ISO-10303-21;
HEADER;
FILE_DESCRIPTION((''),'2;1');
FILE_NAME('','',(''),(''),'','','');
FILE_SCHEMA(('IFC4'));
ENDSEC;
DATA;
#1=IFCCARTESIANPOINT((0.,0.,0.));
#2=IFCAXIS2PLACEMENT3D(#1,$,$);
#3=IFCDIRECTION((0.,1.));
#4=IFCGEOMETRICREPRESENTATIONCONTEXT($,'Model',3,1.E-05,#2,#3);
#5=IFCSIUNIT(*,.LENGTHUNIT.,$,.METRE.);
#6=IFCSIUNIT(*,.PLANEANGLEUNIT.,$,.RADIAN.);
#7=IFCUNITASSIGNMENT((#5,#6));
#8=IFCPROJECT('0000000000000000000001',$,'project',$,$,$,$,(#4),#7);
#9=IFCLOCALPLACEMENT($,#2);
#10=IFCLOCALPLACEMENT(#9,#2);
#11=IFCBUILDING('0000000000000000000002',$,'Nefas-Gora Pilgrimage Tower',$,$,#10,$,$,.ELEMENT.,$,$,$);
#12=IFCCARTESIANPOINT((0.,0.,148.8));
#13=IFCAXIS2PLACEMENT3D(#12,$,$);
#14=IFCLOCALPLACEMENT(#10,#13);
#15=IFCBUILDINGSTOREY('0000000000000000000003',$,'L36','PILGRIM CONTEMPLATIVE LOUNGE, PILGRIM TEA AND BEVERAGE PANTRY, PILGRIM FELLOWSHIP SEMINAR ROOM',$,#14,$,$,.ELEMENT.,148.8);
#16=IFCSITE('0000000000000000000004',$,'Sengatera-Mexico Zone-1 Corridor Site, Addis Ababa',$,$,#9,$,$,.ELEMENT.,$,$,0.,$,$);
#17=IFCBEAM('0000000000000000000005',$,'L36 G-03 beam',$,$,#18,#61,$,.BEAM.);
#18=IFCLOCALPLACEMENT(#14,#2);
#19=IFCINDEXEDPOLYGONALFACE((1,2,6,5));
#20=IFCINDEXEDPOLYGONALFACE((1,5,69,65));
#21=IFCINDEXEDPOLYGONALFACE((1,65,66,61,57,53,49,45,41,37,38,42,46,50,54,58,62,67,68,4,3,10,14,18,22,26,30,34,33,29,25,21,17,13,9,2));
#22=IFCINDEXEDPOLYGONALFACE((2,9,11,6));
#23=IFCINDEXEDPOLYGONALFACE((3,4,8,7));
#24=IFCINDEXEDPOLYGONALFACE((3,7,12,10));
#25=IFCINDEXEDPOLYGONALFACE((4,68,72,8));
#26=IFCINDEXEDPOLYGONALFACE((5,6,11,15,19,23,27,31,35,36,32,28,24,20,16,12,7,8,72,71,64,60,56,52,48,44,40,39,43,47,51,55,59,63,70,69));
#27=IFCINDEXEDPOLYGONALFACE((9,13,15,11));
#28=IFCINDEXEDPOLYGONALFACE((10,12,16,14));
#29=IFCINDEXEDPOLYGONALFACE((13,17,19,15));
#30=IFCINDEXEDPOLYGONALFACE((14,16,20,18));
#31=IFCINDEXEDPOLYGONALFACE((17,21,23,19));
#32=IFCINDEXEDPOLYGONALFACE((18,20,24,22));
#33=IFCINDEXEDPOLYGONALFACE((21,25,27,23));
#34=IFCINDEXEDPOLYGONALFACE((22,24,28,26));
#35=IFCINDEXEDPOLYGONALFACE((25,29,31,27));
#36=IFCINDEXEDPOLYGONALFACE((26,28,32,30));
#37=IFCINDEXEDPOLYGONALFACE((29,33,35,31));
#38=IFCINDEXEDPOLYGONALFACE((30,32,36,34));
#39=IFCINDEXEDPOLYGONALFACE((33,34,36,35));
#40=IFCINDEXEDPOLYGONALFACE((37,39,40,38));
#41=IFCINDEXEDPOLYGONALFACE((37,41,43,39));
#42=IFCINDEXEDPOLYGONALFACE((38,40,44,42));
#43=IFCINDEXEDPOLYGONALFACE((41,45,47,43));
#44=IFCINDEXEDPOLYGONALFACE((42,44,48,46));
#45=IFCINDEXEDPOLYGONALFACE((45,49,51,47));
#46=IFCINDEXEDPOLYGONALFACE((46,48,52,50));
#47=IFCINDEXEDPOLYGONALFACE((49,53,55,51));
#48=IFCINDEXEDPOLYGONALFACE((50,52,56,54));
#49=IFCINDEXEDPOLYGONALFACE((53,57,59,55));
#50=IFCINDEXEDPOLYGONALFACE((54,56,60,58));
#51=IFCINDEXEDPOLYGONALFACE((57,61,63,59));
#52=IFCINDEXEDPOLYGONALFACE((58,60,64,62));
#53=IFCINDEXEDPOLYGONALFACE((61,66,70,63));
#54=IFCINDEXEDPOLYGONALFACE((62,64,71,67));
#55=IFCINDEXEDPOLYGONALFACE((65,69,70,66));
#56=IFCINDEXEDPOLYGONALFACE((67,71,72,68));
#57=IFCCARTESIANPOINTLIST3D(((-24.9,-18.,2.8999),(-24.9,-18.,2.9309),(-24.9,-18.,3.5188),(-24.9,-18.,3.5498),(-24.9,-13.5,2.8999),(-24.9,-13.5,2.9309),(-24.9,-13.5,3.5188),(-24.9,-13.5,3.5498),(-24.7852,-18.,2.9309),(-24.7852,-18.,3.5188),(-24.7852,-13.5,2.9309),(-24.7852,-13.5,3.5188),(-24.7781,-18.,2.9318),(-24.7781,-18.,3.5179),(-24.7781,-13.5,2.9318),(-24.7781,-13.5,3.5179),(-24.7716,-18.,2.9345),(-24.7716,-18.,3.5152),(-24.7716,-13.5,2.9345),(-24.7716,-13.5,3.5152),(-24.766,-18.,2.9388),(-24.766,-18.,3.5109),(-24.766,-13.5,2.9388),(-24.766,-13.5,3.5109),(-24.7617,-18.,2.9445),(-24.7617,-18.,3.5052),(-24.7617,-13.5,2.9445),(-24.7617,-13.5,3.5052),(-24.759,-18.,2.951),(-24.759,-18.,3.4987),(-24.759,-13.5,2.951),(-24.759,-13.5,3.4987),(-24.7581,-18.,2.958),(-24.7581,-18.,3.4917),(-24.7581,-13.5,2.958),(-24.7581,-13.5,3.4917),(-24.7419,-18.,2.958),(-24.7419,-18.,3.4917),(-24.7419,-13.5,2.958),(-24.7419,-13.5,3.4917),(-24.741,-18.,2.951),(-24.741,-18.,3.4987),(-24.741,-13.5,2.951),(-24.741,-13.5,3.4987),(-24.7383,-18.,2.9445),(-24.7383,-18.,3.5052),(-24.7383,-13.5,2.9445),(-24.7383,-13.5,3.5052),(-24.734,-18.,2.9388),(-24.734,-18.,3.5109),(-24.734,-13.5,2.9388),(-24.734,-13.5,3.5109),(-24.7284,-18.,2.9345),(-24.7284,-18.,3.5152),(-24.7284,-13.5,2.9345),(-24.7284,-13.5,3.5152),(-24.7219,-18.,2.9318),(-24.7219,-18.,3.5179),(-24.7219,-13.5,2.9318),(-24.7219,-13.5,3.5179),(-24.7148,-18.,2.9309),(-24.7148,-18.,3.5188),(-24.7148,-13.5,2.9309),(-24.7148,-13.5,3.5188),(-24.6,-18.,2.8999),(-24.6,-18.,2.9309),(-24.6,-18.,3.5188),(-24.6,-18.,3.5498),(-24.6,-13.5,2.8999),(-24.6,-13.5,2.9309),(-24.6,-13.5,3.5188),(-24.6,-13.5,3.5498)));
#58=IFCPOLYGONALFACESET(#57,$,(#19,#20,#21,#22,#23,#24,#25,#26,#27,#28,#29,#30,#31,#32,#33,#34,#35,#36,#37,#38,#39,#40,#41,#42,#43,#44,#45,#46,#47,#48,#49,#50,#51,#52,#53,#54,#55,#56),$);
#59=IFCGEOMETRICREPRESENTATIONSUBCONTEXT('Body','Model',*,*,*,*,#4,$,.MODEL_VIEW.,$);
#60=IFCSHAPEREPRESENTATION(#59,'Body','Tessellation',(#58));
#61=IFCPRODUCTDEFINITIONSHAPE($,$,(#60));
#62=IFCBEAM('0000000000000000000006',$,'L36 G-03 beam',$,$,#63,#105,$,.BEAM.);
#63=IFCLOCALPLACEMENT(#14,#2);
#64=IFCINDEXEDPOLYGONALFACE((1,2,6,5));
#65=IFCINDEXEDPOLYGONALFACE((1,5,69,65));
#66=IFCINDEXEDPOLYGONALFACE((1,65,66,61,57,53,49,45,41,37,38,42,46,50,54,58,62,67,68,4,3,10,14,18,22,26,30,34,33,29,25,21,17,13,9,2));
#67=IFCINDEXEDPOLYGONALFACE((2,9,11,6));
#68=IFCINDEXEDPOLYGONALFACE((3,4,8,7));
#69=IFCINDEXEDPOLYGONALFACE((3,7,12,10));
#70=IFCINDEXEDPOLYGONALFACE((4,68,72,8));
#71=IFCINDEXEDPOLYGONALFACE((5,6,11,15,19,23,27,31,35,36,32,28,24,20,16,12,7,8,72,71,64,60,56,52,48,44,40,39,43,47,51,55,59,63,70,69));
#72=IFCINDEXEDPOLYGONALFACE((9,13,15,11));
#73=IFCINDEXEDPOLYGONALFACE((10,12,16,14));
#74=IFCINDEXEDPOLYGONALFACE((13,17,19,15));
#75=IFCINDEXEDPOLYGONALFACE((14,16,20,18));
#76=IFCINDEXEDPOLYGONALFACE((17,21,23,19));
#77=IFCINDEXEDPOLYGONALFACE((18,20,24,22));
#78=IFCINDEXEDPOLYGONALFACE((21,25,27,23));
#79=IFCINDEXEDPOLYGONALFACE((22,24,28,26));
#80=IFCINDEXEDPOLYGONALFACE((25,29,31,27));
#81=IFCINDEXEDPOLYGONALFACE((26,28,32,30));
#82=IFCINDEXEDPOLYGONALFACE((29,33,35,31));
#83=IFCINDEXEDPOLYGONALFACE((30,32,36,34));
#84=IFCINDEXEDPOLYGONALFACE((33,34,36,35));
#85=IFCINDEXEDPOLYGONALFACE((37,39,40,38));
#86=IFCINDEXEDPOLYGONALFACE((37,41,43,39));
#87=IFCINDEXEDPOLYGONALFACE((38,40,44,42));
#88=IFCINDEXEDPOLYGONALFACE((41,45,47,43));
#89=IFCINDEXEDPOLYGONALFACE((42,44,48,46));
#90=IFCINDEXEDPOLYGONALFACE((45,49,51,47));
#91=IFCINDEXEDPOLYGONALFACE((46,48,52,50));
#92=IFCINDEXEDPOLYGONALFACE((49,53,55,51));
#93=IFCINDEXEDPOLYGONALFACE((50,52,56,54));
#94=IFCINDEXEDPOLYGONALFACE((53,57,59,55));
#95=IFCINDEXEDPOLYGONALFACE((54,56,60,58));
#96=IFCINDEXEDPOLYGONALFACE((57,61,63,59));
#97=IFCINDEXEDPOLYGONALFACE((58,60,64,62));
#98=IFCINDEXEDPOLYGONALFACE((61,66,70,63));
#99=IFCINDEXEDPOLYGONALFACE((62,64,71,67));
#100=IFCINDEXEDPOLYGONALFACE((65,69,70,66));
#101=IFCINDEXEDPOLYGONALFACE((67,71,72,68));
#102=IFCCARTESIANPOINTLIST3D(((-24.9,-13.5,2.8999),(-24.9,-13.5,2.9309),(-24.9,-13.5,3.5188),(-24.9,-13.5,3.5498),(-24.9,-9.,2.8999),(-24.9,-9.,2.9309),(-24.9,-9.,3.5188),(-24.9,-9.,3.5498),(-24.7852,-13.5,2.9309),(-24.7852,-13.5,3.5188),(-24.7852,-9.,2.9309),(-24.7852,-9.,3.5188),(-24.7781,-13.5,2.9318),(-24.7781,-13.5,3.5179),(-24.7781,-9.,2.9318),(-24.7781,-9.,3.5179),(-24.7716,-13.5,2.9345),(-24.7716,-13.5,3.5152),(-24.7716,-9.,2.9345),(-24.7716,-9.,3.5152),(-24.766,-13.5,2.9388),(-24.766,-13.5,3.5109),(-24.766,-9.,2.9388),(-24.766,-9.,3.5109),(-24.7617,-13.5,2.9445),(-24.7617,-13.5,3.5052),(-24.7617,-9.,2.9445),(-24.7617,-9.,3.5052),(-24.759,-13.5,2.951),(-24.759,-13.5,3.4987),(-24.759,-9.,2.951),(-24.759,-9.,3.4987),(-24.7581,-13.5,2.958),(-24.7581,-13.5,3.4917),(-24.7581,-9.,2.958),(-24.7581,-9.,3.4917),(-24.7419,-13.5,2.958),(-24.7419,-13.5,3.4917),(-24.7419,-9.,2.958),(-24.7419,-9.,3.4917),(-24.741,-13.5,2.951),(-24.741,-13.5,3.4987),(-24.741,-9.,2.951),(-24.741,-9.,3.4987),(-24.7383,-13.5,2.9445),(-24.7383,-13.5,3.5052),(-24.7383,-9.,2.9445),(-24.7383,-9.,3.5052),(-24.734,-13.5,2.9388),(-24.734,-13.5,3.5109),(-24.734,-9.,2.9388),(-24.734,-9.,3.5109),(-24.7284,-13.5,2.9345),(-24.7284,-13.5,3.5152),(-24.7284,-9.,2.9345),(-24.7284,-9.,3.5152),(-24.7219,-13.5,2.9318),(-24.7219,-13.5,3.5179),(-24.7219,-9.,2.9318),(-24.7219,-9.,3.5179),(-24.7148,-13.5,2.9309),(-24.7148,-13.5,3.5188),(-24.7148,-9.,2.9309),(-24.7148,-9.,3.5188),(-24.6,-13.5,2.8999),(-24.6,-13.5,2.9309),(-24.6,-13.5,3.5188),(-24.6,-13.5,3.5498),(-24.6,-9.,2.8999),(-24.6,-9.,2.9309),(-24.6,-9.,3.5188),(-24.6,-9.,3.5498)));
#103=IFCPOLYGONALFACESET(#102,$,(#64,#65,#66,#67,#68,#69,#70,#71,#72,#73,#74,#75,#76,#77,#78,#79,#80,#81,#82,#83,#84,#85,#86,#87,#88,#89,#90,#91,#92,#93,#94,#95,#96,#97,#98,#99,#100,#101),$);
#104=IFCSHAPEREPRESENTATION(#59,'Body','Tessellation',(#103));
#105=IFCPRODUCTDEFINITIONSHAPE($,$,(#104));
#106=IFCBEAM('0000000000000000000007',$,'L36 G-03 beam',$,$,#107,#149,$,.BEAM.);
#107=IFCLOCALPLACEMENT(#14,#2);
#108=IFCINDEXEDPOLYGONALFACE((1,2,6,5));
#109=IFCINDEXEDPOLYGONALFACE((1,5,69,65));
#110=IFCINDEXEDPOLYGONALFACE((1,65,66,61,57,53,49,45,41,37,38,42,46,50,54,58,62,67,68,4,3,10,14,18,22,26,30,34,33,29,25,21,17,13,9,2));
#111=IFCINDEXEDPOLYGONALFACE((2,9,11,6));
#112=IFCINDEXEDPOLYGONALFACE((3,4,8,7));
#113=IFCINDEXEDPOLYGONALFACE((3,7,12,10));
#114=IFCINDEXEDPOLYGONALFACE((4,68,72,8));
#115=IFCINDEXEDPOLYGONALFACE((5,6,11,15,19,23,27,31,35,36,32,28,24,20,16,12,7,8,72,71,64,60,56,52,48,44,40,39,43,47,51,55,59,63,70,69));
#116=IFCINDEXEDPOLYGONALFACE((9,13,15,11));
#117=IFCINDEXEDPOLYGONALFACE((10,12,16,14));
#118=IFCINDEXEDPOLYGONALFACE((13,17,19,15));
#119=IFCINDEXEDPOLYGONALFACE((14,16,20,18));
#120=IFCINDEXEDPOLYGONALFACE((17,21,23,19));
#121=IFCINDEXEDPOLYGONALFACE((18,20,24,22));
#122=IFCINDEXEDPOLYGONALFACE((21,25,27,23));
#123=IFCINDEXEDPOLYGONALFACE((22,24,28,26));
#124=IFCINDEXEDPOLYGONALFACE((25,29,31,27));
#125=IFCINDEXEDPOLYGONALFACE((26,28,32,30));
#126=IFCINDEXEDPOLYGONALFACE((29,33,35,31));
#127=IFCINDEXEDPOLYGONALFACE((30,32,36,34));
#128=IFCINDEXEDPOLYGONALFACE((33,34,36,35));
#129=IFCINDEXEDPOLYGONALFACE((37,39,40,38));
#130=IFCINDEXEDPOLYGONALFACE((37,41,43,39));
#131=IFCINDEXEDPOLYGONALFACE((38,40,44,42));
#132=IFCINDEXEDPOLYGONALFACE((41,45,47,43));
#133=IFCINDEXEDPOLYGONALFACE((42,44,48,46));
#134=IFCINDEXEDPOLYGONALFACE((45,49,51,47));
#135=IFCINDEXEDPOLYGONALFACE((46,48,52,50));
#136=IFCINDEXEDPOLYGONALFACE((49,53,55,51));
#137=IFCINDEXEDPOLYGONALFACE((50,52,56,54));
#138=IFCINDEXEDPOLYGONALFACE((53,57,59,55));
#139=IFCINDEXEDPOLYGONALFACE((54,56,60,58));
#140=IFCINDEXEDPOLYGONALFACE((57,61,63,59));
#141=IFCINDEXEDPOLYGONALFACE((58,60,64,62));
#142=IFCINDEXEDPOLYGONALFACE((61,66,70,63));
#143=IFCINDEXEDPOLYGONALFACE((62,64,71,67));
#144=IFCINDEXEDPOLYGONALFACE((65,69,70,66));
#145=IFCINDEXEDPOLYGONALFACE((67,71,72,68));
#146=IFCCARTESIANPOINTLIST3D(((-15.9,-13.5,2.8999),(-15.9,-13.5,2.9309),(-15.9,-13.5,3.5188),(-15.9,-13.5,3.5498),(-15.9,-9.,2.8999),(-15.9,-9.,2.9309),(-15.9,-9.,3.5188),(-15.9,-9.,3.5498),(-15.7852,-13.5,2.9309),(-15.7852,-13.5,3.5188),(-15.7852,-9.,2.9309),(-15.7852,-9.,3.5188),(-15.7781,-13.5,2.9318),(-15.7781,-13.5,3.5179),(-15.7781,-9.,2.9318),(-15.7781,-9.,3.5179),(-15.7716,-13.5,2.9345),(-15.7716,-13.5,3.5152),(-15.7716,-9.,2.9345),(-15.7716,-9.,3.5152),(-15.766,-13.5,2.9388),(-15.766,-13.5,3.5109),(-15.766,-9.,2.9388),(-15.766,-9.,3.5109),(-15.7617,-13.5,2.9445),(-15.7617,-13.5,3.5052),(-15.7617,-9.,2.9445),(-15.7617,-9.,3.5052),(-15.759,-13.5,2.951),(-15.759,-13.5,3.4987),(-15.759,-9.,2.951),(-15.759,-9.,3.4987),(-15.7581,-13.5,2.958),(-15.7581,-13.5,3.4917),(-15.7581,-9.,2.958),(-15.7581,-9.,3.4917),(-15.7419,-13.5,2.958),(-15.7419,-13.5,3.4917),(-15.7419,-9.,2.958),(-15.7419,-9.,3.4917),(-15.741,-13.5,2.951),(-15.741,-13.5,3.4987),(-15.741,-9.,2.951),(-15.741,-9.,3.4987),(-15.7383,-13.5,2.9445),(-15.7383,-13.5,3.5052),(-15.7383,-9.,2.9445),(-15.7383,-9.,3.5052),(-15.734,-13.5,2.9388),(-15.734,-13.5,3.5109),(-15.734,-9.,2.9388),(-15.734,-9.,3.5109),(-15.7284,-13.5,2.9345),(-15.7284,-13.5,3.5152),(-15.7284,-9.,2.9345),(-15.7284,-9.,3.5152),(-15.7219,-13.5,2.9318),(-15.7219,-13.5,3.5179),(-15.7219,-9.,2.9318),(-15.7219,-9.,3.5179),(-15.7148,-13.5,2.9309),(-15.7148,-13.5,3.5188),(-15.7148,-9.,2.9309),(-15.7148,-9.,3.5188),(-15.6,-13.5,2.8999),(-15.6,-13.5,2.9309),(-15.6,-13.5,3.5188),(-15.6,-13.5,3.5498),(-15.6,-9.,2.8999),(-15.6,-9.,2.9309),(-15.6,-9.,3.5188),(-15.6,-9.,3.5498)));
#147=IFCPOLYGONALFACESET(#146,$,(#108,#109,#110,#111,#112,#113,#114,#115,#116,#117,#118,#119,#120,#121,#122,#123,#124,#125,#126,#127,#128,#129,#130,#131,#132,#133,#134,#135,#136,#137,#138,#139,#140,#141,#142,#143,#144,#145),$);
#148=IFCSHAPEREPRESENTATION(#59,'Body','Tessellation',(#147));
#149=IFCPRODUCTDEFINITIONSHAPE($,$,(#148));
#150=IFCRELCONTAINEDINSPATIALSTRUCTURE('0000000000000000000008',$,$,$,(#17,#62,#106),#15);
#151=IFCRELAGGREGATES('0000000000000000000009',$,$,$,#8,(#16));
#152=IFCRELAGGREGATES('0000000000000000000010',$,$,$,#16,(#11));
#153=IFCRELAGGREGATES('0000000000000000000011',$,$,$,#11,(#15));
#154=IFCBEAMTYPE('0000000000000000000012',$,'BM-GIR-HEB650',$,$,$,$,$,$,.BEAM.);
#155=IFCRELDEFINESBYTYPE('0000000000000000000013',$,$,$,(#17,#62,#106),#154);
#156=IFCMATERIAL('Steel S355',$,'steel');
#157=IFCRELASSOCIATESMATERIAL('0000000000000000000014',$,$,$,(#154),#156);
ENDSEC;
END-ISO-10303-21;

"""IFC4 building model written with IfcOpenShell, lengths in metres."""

from ifc_helpers import new_model, si_unit, direction, frame, origin, origin_2d, place, context, subcontext, project, spatial, i_section, extrude, source, transform, mapped, material, material_profile, profile_set, type_object, element, save


model = new_model("IFC4")

# Units and contexts
model_context = context("Model", 3, precision=1e-05, world=origin(), true_north=direction((0.0, 1.0)))
body_context = subcontext(model_context, "Body", "Model", "MODEL_VIEW")
ifc_project = project(units=[si_unit("LENGTHUNIT", "METRE"), si_unit("PLANEANGLEUNIT", "RADIAN")], contexts=[model_context])

# Site, building, storey
site_placement = place(None, origin())
site = spatial("IfcSite", under=ifc_project, at=site_placement, Name="Sengatera-Mexico Zone-1 Corridor Site, Addis Ababa", CompositionType="ELEMENT", RefElevation=0.0)
building_placement = place(site_placement, origin())
building = spatial("IfcBuilding", under=site, at=building_placement, Name="Nefas-Gora Pilgrimage Tower", CompositionType="ELEMENT")
storey_placement = place(building_placement, frame((0.0, 0.0, 148.8)))
storey = spatial("IfcBuildingStorey", under=building, at=storey_placement, Name="L36", Description="PILGRIM CONTEMPLATIVE LOUNGE, PILGRIM TEA AND BEVERAGE PANTRY, PILGRIM FELLOWSHIP SEMINAR ROOM", CompositionType="ELEMENT", Elevation=148.8)

# Beams
ifc_material_1 = material(Name="Steel S355", Category="steel")
ifc_material_profile_1 = material_profile(ifc_material_1, i_section(OverallWidth=0.3, OverallDepth=0.6499, WebThickness=0.0161, FlangeThickness=0.031, FilletRadius=0.0271, at=origin_2d()), Name="HEB 650")
ifc_profile_set_1 = profile_set([ifc_material_profile_1], Name="Steel S355")
beam_type_1 = type_object("IfcBeamType", Name="BM-GIR-HEB650", PredefinedType="BEAM", material=ifc_profile_set_1)
shared_shape_1 = source(origin(), body_context, "Body", "SweptSolid", [
    extrude(i_section(OverallWidth=0.3, OverallDepth=0.6499, WebThickness=0.0161, FlangeThickness=0.031, FilletRadius=0.0271, at=origin_2d()), origin(), (0.0, 0.0, 1.0), 4.5),
])
for number, where, z_axis, x_axis, name in (
    (1, (-24.75, -18.0, 3.2249), (0.0, 1.0, 0.0), (-1.0, 0.0, 0.0), "L36 G-03 beam"),
    (2, (-24.75, -13.5, 3.2249), (0.0, 1.0, 0.0), (-1.0, 0.0, 0.0), "L36 G-03 beam"),
    (3, (-15.75, -13.5, 3.2249), (0.0, 1.0, 0.0), (-1.0, 0.0, 0.0), "L36 G-03 beam"),
):
    element("IfcBeam", number, at=place(storey_placement, frame(where, z_axis=z_axis, x_axis=x_axis)), inside=storey, type_object=beam_type_1, Name=name, PredefinedType="BEAM", context=body_context, shape_type="MappedRepresentation", body=[
        mapped(shared_shape_1, transform((0.0, 0.0, 0.0), x_axis=(1.0, 0.0, 0.0), y_axis=(0.0, 1.0, 0.0), z_axis=(0.0, 0.0, 1.0), scale=1.0)),
    ])

save(model, "model.ifc")
